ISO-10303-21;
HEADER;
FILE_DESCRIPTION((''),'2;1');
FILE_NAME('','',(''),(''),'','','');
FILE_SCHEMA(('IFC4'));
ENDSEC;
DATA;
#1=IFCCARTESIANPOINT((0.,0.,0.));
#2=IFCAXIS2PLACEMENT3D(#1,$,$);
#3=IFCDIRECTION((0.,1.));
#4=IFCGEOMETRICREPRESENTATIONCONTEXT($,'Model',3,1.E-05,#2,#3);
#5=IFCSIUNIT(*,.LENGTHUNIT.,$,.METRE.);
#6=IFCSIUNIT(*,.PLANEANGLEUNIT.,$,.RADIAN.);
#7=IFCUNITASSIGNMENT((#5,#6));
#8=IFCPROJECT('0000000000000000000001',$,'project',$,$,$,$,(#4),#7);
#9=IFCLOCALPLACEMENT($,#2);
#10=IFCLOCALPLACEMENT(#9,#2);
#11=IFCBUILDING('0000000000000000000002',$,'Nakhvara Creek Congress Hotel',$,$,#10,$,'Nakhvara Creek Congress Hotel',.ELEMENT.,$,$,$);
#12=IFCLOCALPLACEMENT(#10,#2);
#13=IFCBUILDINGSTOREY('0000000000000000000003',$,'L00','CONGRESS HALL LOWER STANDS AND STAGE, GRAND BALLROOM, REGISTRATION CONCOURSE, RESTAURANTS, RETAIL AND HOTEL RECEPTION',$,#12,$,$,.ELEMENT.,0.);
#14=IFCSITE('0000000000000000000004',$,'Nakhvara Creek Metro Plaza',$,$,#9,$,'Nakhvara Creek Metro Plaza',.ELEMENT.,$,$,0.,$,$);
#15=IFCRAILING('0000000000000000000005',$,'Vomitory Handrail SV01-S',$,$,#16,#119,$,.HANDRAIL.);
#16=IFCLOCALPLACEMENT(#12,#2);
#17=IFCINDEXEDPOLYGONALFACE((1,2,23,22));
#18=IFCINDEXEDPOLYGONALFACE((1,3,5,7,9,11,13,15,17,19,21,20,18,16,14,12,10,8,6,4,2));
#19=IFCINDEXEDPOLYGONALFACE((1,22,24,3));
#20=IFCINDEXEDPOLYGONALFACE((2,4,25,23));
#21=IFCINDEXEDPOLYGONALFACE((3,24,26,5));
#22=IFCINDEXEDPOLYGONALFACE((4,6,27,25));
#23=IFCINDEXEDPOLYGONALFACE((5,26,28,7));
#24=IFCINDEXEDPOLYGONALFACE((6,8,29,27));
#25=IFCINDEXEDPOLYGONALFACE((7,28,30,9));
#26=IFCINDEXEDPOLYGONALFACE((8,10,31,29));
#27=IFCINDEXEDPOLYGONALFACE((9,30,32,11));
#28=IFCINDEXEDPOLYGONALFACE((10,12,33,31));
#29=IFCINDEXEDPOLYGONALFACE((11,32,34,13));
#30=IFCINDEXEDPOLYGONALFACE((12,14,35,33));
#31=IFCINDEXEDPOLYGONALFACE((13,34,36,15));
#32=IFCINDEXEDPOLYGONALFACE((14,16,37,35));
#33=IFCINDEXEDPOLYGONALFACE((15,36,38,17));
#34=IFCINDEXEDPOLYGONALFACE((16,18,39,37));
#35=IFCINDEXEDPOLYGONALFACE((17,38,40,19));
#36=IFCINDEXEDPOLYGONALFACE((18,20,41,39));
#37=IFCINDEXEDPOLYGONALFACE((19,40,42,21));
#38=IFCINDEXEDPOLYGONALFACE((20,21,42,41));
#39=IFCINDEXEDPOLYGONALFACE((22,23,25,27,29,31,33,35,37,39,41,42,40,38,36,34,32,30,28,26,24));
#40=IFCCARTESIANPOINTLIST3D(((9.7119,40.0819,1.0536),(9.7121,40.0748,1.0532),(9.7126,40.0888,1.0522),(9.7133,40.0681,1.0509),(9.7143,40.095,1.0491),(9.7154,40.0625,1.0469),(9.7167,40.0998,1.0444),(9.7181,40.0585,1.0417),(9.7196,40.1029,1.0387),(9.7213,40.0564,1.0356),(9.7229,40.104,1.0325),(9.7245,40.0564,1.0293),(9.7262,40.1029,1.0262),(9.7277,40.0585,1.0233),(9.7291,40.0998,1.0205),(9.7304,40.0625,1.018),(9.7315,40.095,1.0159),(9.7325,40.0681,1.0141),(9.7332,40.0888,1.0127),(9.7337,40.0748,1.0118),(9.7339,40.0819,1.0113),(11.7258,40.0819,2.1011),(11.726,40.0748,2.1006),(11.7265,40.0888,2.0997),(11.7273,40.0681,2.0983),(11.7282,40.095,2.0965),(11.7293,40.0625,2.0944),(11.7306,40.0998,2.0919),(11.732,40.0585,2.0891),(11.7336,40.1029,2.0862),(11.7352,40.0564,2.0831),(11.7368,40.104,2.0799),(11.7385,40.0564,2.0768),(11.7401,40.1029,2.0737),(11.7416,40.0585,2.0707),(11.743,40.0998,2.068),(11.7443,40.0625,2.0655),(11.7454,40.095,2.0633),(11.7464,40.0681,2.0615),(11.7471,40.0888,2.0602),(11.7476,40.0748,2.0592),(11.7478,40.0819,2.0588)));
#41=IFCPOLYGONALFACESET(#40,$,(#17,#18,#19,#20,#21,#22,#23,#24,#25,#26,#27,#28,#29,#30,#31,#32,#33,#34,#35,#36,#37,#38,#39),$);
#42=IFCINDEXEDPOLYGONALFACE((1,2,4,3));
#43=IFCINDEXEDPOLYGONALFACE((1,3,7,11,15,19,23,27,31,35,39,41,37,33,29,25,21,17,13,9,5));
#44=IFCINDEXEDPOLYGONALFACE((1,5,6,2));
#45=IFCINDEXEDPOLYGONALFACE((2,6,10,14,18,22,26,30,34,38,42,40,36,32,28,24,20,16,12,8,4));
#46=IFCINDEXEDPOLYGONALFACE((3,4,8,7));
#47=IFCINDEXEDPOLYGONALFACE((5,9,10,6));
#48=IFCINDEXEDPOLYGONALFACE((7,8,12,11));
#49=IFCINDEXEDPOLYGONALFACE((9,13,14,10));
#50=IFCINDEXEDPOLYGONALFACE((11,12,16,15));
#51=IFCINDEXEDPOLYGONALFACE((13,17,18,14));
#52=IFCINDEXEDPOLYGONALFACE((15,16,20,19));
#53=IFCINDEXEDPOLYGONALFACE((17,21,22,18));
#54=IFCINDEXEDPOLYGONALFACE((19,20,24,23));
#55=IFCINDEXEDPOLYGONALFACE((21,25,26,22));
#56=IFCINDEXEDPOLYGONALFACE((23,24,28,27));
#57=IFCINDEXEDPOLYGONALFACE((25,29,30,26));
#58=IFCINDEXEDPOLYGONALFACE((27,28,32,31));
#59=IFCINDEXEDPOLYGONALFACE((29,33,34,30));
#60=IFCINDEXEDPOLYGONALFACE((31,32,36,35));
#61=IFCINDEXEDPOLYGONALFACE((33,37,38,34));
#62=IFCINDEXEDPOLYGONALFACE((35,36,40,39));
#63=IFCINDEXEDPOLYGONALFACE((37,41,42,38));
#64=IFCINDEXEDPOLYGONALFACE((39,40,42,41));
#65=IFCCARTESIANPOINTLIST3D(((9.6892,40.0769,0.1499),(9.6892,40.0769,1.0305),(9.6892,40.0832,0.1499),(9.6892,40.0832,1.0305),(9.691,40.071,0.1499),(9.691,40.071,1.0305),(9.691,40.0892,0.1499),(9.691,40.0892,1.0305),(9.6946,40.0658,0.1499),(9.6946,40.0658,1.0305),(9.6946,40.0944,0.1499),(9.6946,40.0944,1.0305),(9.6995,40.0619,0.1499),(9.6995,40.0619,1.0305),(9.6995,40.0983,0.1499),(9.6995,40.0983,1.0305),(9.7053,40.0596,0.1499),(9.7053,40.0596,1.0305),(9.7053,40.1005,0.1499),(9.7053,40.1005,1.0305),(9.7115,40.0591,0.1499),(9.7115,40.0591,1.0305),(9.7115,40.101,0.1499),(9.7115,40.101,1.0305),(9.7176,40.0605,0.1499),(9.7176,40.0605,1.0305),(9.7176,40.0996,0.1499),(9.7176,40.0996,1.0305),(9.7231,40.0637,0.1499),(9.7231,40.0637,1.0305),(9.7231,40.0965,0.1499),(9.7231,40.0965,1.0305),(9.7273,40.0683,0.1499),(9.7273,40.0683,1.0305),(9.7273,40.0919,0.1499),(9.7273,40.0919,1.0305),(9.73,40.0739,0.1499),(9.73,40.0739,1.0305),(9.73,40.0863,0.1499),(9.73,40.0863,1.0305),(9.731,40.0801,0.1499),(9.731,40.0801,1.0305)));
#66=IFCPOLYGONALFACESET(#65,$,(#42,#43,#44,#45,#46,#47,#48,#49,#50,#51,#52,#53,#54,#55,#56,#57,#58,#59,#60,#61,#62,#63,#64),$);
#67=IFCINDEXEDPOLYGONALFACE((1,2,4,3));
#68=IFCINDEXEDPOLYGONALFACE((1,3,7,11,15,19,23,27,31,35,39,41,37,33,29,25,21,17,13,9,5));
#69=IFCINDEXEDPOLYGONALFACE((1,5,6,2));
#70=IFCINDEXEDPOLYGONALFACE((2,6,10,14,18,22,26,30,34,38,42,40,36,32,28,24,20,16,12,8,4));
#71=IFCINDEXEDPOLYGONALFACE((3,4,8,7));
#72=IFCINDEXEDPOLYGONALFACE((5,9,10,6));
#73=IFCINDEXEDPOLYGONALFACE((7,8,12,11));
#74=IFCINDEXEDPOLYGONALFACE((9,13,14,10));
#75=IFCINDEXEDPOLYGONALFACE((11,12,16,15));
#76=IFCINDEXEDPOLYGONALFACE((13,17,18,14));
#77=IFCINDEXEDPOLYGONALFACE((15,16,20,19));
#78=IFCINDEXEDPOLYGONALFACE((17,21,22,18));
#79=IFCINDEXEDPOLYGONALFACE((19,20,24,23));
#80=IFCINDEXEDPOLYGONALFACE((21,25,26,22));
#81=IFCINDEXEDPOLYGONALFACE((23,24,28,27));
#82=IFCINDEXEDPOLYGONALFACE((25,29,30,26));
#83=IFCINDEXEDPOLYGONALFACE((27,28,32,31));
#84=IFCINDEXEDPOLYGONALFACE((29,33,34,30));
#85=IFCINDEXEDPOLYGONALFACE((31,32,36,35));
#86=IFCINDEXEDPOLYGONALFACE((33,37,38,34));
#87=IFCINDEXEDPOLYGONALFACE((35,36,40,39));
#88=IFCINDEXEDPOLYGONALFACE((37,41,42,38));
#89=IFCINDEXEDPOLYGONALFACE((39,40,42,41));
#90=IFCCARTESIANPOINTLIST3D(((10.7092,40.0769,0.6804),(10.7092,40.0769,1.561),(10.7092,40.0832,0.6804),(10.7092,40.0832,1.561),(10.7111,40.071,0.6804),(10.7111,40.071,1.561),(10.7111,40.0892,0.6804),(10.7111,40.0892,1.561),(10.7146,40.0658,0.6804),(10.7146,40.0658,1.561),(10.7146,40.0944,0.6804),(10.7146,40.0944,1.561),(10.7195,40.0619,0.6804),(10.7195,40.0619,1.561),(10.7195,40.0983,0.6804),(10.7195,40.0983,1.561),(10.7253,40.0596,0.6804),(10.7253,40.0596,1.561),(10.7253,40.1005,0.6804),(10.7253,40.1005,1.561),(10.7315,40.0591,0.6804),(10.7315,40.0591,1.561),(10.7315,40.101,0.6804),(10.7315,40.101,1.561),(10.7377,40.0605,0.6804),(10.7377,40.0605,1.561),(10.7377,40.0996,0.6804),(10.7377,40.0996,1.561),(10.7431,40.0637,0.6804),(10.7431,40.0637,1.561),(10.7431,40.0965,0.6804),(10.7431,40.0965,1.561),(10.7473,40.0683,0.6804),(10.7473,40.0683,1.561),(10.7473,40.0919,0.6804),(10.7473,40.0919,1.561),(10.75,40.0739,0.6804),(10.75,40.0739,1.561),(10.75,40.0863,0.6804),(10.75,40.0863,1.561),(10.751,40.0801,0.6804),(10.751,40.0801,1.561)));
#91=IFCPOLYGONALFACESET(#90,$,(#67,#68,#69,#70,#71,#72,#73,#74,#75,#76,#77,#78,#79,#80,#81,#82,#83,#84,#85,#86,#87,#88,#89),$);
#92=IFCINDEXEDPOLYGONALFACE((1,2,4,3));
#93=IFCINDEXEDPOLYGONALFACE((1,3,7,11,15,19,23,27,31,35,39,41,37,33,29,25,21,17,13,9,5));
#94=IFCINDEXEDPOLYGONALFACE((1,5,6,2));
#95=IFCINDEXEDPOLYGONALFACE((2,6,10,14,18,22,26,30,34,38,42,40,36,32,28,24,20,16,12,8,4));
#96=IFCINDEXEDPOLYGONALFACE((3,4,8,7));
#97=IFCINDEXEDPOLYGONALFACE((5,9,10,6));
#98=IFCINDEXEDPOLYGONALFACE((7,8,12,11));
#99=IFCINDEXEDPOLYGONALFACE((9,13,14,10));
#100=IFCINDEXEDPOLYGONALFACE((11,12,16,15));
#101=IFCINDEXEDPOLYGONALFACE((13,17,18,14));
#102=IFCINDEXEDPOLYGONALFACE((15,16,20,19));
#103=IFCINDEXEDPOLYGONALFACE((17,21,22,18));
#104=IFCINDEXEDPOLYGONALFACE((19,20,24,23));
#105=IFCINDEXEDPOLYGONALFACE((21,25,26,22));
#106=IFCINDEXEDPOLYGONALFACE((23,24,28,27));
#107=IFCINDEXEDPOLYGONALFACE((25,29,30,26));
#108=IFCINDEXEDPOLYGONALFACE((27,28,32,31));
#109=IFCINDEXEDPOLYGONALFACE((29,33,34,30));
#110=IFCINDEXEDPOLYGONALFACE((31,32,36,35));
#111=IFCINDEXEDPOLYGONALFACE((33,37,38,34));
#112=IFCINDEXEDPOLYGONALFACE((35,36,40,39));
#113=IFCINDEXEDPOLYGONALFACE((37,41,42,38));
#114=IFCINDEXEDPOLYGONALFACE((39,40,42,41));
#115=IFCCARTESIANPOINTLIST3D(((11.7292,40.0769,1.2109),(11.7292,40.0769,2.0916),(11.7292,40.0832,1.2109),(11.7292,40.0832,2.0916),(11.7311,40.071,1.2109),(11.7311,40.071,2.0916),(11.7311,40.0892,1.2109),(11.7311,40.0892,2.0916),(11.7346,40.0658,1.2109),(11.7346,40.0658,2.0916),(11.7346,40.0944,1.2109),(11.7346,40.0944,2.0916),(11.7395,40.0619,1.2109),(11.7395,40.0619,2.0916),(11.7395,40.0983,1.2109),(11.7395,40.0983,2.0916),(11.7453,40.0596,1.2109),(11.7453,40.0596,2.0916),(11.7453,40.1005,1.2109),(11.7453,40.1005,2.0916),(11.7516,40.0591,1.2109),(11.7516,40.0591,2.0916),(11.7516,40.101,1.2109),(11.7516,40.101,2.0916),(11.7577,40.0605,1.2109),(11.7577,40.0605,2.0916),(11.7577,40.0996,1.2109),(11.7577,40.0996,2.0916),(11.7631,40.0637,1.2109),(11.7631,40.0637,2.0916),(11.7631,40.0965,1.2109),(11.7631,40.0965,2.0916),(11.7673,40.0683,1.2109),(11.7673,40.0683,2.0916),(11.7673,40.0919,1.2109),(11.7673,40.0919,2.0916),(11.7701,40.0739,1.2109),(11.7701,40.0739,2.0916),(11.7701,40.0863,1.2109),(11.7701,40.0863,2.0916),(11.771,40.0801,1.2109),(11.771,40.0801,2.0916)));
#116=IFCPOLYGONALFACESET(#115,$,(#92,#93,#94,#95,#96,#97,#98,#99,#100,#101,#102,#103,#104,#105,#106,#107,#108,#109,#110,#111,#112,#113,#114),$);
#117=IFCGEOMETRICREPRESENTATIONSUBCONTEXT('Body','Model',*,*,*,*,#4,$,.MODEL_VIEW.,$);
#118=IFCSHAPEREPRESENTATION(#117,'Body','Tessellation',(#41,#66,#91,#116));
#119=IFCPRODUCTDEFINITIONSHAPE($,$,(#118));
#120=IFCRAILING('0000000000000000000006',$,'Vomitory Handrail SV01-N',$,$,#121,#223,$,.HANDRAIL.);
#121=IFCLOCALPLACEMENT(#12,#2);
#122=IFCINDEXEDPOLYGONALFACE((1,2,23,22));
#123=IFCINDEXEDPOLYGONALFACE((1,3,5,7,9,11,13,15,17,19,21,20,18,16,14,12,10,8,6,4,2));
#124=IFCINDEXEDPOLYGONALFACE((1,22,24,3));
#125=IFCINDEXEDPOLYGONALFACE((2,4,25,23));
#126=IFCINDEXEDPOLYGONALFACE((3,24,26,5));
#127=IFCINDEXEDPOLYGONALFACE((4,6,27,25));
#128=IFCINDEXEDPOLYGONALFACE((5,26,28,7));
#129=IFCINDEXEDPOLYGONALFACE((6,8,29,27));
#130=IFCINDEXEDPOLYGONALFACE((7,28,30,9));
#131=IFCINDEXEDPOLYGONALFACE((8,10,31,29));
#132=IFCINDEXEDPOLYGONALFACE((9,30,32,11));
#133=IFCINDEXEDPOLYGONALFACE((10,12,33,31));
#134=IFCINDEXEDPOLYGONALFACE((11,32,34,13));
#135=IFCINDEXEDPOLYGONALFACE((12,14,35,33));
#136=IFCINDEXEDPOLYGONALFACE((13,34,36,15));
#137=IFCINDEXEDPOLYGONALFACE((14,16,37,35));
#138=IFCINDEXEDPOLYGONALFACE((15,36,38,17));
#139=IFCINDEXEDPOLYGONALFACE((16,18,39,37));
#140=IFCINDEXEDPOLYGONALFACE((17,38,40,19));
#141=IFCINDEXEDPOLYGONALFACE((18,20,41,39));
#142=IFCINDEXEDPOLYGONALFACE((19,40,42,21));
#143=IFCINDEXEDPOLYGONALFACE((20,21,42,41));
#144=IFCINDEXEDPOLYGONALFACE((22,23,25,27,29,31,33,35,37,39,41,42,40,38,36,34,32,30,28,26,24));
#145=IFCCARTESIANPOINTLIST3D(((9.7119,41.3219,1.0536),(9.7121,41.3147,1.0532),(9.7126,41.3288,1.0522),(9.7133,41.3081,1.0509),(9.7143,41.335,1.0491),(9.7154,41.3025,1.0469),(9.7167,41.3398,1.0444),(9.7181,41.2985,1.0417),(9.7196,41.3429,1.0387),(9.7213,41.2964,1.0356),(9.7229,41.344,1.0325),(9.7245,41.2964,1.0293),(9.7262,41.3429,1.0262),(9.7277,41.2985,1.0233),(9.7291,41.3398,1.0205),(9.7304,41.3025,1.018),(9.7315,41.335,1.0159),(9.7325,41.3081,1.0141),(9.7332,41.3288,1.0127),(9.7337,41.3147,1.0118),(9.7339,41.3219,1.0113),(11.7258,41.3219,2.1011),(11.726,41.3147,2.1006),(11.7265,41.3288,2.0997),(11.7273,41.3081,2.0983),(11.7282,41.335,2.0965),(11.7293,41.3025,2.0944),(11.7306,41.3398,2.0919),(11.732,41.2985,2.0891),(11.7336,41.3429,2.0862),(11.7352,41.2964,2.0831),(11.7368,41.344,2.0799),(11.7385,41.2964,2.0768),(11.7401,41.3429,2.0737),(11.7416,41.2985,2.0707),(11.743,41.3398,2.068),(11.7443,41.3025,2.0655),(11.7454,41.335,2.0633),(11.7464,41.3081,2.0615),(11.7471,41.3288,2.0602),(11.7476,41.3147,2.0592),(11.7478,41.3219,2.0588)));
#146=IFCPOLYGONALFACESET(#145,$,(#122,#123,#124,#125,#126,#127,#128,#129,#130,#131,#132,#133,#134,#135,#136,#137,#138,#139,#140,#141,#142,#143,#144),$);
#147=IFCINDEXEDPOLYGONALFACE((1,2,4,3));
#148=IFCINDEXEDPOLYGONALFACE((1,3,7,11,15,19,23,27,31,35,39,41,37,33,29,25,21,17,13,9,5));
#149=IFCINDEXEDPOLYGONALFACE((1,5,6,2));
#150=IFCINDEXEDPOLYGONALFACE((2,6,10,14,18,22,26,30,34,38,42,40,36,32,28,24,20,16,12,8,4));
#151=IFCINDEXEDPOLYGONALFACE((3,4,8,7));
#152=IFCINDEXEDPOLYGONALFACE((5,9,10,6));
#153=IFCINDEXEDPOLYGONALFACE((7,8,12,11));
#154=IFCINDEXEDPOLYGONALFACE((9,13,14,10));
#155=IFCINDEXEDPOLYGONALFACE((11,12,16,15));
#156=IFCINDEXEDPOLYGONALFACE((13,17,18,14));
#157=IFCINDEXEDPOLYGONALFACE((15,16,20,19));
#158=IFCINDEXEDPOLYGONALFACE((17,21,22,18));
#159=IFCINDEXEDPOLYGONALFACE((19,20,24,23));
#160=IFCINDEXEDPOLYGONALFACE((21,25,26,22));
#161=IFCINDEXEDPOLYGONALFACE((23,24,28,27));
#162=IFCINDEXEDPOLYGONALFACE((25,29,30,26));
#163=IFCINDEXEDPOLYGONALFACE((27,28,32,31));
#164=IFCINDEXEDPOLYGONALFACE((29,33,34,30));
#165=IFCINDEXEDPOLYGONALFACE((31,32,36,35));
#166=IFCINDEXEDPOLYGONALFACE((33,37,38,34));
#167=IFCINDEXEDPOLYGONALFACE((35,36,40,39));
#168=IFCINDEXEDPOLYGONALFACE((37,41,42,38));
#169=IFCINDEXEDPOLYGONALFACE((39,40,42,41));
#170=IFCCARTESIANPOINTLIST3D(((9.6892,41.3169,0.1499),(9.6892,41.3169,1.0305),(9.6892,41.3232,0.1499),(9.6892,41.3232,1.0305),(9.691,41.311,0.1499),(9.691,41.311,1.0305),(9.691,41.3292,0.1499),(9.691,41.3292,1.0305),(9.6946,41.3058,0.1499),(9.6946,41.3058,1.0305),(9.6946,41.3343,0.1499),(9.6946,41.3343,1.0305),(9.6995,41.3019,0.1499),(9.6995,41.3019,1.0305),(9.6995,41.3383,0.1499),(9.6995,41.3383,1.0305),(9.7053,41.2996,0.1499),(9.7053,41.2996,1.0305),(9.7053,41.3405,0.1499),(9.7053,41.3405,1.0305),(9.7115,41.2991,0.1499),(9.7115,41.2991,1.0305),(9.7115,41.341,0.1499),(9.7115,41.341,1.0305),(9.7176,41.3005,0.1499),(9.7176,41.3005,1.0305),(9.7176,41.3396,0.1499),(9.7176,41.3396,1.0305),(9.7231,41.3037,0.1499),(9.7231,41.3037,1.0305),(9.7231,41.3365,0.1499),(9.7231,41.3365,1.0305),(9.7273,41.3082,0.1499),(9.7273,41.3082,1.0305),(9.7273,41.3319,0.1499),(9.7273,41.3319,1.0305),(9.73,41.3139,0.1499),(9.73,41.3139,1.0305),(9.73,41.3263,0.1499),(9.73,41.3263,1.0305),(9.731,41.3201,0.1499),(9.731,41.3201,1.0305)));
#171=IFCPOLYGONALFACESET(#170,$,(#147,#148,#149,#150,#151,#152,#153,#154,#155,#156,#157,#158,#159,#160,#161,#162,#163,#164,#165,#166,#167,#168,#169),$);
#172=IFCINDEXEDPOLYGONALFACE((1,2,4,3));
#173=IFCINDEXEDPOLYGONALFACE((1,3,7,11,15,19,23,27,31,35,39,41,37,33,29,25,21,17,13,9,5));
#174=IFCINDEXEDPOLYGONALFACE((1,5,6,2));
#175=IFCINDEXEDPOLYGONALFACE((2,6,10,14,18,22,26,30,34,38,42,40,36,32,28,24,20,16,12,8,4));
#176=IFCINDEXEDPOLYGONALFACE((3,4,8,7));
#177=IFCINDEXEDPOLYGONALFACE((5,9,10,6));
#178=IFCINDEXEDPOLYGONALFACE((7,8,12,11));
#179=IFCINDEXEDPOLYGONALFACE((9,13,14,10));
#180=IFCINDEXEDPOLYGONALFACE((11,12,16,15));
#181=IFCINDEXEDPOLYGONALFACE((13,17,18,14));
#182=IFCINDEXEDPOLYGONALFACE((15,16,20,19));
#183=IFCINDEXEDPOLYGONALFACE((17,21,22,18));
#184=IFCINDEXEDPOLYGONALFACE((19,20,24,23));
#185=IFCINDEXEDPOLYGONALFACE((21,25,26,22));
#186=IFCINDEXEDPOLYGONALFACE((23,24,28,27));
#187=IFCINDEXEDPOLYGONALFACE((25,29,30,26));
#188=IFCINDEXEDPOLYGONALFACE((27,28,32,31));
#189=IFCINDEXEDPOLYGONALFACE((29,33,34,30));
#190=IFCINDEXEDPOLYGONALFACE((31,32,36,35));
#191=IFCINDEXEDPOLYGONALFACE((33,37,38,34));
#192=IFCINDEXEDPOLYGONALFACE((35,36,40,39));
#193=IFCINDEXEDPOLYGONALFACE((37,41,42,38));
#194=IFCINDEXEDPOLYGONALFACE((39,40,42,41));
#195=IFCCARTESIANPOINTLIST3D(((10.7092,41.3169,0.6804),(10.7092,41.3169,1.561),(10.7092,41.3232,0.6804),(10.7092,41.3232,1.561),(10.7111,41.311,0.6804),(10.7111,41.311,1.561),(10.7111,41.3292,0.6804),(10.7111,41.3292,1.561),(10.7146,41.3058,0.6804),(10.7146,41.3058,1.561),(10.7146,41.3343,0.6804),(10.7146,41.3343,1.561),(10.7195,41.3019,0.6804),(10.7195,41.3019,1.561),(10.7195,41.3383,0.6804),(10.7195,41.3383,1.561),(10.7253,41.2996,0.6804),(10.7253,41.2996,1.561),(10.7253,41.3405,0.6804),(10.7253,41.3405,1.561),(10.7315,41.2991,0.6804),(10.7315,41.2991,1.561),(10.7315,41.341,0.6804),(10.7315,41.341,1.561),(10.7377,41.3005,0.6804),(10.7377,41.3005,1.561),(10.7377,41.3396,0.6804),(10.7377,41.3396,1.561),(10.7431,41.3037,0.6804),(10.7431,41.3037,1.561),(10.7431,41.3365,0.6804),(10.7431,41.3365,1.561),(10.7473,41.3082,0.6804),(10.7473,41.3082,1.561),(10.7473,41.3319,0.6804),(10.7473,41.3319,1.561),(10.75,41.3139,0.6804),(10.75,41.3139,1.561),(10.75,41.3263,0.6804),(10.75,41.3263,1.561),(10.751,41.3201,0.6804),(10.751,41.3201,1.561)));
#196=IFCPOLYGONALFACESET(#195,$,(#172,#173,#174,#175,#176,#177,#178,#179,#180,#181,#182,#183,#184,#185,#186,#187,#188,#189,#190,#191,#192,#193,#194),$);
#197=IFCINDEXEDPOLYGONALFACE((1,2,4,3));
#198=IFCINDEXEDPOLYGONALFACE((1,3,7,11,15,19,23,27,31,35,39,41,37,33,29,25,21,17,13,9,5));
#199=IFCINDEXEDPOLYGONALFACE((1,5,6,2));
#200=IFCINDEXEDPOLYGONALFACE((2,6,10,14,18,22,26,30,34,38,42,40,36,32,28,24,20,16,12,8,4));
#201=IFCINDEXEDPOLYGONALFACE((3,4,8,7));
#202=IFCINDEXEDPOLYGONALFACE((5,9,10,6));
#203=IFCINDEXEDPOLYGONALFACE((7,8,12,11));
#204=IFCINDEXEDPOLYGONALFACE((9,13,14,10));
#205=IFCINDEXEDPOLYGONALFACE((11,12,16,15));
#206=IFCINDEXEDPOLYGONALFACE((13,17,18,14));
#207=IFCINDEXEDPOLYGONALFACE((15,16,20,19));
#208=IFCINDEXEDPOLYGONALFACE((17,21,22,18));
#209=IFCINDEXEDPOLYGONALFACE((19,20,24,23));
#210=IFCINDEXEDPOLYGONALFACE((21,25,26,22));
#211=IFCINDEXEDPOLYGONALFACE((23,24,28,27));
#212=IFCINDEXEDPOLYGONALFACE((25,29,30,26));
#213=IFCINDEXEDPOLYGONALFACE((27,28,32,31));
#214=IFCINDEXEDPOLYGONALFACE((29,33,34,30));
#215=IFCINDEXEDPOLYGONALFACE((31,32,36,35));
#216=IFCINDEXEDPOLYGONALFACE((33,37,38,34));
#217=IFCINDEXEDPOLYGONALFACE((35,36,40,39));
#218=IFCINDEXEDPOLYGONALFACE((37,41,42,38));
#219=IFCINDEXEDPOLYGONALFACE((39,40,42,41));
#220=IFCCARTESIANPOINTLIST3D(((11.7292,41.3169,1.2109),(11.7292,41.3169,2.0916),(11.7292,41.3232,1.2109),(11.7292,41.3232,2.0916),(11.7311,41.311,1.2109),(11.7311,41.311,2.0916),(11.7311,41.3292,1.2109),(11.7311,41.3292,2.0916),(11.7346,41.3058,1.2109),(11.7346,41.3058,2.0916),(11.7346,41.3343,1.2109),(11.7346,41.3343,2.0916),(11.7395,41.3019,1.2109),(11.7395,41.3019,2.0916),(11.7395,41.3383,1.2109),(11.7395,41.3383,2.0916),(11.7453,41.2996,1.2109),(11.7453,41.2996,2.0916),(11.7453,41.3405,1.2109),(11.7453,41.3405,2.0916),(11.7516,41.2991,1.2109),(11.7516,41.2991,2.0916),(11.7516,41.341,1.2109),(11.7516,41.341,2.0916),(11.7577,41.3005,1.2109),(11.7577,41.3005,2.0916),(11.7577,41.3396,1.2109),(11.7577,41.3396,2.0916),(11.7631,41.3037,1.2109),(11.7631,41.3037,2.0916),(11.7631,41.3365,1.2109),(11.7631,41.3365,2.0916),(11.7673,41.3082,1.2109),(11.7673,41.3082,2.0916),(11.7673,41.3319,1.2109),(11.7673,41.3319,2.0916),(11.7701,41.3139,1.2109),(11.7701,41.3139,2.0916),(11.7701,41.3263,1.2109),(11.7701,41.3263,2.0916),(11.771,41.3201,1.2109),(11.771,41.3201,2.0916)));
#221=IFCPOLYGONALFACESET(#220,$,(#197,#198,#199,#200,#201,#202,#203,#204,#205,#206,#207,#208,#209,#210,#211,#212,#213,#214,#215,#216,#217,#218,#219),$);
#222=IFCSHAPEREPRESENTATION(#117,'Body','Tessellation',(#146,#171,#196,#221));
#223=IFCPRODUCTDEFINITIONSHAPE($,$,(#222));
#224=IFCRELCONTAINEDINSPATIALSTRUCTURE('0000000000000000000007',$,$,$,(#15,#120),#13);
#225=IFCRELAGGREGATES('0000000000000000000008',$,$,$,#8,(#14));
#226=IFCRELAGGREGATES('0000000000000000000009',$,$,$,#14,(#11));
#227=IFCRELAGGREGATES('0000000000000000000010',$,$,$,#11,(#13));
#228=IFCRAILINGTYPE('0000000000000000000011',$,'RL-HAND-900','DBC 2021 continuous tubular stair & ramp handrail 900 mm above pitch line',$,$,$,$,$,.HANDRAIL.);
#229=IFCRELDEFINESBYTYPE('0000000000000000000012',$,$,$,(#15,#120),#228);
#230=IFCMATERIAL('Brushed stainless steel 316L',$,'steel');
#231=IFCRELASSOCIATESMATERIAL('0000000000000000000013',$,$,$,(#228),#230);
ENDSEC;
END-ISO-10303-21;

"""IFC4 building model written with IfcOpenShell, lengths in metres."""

from ifc_helpers import new_model, si_unit, direction, frame, origin, origin_2d, place, context, subcontext, project, spatial, circle, extrude, material, type_object, element, save


model = new_model("IFC4")

# Units and contexts
model_context = context("Model", 3, precision=1e-05, world=origin(), true_north=direction((0.0, 1.0)))
body_context = subcontext(model_context, "Body", "Model", "MODEL_VIEW")
ifc_project = project(units=[si_unit("LENGTHUNIT", "METRE"), si_unit("PLANEANGLEUNIT", "RADIAN")], contexts=[model_context])

# Site, building, storey
site_placement = place(None, origin())
site = spatial("IfcSite", under=ifc_project, at=site_placement, Name="Nakhvara Creek Metro Plaza", LongName="Nakhvara Creek Metro Plaza", CompositionType="ELEMENT", RefElevation=0.0)
building_placement = place(site_placement, origin())
building = spatial("IfcBuilding", under=site, at=building_placement, Name="Nakhvara Creek Congress Hotel", LongName="Nakhvara Creek Congress Hotel", CompositionType="ELEMENT")
storey_placement = place(building_placement, origin())
storey = spatial("IfcBuildingStorey", under=building, at=storey_placement, Name="L00", Description="CONGRESS HALL LOWER STANDS AND STAGE, GRAND BALLROOM, REGISTRATION CONCOURSE, RESTAURANTS, RETAIL AND HOTEL RECEPTION", CompositionType="ELEMENT", Elevation=0.0)

# Railings
ifc_material_1 = material(Name="Brushed stainless steel 316L", Category="steel")
railing_type_1 = type_object("IfcRailingType", Name="RL-HAND-900", Description="DBC 2021 continuous tubular stair & ramp handrail 900 mm above pitch line", PredefinedType="HANDRAIL", material=ifc_material_1)
for number, where, name in (
    (1, (9.71, 40.0801, 0.1499), "Vomitory Handrail SV01-S"),
    (2, (9.71, 41.3201, 0.1499), "Vomitory Handrail SV01-N"),
):
    element("IfcRailing", number, at=place(storey_placement, frame(where)), inside=storey, type_object=railing_type_1, Name=name, PredefinedType="HANDRAIL", context=body_context, shape_type="SweptSolid", body=[
        extrude(circle(Radius=0.0239, at=origin_2d()), frame((0.0129, 0.0, 0.8826), z_axis=(0.887179, 0.0, 0.461426), x_axis=(0.0, 1.0, 0.0)), (0.0, 0.0, 1.0), 2.27),
        extrude(circle(Radius=0.021, at=origin_2d()), origin(), (0.0, 0.0, 1.0), 0.8806),
        extrude(circle(Radius=0.021, at=origin_2d()), frame((1.02, 0.0, 0.5305)), (0.0, 0.0, 1.0), 0.8806),
        extrude(circle(Radius=0.021, at=origin_2d()), frame((2.04, 0.0, 1.061)), (0.0, 0.0, 1.0), 0.8806),
    ])

save(model, "model.ifc")
